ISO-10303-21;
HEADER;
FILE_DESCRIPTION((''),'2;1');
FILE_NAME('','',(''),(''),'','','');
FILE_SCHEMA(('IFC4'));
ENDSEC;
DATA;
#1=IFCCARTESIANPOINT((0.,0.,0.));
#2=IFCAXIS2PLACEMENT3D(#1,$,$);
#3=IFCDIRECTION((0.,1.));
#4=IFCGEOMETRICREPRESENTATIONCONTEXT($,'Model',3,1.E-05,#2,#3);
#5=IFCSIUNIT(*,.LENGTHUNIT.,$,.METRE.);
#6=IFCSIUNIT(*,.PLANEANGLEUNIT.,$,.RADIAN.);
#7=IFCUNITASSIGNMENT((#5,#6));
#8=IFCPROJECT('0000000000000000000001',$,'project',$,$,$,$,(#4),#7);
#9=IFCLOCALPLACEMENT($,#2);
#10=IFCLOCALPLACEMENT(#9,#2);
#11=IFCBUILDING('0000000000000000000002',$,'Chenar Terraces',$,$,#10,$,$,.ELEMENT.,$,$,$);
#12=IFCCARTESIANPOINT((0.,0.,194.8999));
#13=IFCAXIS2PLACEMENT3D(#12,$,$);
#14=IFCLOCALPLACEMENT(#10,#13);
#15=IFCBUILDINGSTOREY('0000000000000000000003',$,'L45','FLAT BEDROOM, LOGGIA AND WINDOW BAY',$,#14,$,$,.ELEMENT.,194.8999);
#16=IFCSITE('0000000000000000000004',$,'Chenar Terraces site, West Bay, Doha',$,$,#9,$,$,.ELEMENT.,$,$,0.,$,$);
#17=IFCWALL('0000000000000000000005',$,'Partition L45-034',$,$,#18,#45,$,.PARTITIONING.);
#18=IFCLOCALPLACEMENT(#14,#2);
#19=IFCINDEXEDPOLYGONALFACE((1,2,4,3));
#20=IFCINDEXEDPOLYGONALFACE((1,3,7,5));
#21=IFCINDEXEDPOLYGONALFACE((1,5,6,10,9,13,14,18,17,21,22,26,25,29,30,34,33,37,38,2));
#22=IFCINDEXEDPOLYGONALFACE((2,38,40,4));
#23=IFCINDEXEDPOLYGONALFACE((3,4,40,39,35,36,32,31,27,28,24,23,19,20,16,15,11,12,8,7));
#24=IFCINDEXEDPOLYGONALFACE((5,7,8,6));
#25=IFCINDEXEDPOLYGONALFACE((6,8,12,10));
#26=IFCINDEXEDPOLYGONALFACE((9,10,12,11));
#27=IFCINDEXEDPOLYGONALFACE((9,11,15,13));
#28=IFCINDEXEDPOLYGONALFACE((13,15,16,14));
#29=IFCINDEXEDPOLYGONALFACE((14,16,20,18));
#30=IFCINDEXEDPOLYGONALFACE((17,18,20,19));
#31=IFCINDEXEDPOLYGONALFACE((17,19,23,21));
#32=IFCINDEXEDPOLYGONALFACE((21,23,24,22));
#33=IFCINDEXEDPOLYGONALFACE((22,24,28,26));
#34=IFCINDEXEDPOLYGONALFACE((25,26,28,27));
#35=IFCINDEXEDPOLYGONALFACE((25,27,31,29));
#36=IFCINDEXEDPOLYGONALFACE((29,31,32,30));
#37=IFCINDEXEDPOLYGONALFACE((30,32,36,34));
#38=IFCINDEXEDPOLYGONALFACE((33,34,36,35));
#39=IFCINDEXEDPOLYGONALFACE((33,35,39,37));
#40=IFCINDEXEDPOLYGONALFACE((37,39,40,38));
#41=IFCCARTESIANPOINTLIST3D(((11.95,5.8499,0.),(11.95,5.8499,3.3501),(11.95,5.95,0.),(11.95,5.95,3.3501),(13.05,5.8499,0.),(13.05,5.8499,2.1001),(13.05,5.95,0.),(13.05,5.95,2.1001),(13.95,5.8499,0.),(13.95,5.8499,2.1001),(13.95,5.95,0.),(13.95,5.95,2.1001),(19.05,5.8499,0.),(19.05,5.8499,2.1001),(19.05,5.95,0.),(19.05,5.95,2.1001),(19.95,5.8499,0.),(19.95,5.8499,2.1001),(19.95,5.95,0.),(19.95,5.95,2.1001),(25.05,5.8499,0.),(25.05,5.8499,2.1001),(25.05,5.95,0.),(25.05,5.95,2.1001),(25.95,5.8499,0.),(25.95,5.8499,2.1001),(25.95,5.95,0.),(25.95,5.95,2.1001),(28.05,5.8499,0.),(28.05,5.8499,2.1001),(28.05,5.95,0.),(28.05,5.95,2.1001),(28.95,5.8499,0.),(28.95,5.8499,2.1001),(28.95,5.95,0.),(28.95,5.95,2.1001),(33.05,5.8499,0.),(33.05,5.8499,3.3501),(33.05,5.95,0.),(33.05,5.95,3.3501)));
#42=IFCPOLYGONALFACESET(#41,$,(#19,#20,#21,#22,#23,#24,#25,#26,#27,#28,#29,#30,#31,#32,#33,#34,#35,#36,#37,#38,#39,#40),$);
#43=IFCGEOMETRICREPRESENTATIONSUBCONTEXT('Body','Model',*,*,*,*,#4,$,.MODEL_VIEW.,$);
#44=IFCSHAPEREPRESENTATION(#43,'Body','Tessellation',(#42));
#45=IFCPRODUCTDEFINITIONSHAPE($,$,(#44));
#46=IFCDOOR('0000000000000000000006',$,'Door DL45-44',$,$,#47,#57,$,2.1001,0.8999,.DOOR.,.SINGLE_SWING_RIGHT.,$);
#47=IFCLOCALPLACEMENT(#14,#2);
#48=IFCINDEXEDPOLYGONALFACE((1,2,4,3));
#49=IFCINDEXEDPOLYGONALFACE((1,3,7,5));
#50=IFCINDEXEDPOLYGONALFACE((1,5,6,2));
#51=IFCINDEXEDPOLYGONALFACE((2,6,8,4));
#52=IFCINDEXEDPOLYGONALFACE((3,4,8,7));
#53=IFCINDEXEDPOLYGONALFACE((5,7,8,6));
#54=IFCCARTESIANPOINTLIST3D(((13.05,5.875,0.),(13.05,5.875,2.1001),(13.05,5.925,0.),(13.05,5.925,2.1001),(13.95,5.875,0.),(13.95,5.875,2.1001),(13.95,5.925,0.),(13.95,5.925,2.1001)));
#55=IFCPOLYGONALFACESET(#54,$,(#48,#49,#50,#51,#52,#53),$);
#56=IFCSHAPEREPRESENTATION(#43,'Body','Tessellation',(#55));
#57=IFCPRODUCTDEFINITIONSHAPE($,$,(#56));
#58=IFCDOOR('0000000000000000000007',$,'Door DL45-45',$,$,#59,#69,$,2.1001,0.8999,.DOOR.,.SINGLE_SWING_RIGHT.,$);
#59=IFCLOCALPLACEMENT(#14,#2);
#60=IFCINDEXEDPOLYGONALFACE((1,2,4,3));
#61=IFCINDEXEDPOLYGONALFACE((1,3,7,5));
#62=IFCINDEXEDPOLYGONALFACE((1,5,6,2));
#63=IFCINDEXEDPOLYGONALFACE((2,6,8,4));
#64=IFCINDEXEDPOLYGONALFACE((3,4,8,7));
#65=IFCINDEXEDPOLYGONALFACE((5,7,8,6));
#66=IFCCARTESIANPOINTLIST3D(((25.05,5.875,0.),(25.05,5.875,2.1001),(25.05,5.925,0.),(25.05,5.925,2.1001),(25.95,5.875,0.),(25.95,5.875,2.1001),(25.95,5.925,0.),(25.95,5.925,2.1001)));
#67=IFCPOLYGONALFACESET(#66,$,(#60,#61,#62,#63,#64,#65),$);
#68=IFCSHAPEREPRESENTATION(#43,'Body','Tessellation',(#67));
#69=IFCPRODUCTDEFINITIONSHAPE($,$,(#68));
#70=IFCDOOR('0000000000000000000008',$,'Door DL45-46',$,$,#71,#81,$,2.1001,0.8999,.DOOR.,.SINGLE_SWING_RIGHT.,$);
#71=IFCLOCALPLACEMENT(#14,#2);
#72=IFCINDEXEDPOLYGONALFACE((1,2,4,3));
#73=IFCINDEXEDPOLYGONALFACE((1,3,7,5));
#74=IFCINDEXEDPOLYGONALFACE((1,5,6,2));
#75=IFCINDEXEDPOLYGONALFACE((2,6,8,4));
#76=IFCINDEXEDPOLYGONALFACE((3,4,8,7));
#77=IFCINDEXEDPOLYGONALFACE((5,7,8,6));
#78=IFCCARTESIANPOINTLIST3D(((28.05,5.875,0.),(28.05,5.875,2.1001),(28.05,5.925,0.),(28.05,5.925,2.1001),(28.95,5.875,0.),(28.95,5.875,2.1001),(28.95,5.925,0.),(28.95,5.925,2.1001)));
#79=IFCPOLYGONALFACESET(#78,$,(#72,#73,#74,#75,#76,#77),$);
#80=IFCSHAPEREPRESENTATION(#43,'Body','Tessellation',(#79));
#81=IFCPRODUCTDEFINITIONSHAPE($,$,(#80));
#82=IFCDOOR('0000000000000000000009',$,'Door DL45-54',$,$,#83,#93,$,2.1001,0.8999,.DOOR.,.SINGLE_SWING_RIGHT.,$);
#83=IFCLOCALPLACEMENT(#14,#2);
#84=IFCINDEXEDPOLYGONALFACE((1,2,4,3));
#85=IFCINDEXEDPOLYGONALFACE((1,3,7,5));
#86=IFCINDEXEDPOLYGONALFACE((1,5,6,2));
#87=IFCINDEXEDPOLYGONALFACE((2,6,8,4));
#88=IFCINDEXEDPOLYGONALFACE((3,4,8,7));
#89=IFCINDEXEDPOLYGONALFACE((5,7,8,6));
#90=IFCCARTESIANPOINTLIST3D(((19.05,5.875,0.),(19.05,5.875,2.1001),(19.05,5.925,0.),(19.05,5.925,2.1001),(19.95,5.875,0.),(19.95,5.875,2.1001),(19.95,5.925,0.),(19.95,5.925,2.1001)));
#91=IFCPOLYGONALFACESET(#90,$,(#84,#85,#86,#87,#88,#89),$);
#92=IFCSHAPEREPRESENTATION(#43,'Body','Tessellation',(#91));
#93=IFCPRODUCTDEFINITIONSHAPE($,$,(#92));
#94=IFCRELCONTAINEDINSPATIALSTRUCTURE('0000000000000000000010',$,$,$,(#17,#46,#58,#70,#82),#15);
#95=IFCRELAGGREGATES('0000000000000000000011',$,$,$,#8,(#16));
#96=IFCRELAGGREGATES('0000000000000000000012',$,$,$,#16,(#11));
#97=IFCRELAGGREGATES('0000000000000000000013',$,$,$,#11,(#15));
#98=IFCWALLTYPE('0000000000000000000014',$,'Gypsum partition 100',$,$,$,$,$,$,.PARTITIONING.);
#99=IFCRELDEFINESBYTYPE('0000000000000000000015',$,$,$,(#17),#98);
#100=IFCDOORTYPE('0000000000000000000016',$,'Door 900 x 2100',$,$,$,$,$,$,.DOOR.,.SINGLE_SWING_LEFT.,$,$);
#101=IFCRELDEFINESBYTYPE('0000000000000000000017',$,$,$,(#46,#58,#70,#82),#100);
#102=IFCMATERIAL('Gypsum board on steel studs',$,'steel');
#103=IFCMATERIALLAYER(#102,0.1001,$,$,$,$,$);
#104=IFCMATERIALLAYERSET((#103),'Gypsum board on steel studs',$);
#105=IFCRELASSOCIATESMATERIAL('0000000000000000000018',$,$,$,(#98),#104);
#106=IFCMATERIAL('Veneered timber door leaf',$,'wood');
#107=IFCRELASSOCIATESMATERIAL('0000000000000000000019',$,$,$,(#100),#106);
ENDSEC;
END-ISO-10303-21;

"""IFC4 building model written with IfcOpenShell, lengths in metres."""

from ifc_helpers import new_model, si_unit, direction, frame, frame_2d, origin, place, context, subcontext, project, spatial, rectangle, extrude, material, layer, layer_set, type_object, element, fill, save


model = new_model("IFC4")

# Units and contexts
model_context = context("Model", 3, precision=1e-05, world=origin(), true_north=direction((0.0, 1.0)))
body_context = subcontext(model_context, "Body", "Model", "MODEL_VIEW")
ifc_project = project(units=[si_unit("LENGTHUNIT", "METRE"), si_unit("PLANEANGLEUNIT", "RADIAN")], contexts=[model_context])

# Site, building, storey
site_placement = place(None, origin())
site = spatial("IfcSite", under=ifc_project, at=site_placement, Name="Chenar Terraces site, West Bay, Doha", CompositionType="ELEMENT", RefElevation=0.0)
building_placement = place(site_placement, origin())
building = spatial("IfcBuilding", under=site, at=building_placement, Name="Chenar Terraces", CompositionType="ELEMENT")
storey_placement = place(building_placement, frame((0.0, 0.0, 194.8999)))
storey = spatial("IfcBuildingStorey", under=building, at=storey_placement, Name="L45", Description="FLAT BEDROOM, LOGGIA AND WINDOW BAY", CompositionType="ELEMENT", Elevation=194.8999)

# Shared definitions
ifc_material_1 = material(Name="Gypsum board on steel studs", Category="steel")
ifc_layer_1 = layer(ifc_material_1, 0.1001)
ifc_layer_set_1 = layer_set([ifc_layer_1], Name="Gypsum board on steel studs")
wall_type_1 = type_object("IfcWallType", Name="Gypsum partition 100", PredefinedType="PARTITIONING", material=ifc_layer_set_1)
ifc_material_2 = material(Name="Veneered timber door leaf", Category="wood")
door_type_1 = type_object("IfcDoorType", Name="Door 900 x 2100", OperationType="SINGLE_SWING_LEFT", PredefinedType="DOOR", material=ifc_material_2)

# Wall, openings, doors
wall_1_placement = place(storey_placement, frame((11.95, 5.8999, 0.0), z_axis=(0.0, 0.0, 1.0), x_axis=(1.0, 0.0, 0.0)))
wall_1 = element("IfcWall", 1, at=wall_1_placement, inside=storey, type_object=wall_type_1, Name="Partition L45-034", PredefinedType="PARTITIONING", context=body_context, shape_type="SweptSolid", body=[
    extrude(rectangle(XDim=21.1001, YDim=0.1001, at=frame_2d((10.55, 0.0))), origin(), (0.0, 0.0, 1.0), 3.3501),
])
opening_1_placement = place(wall_1_placement, frame((1.1001, 0.0, 0.0)))
opening_1 = element("IfcOpeningElement", 2, at=opening_1_placement, cuts=wall_1, PredefinedType="OPENING", context=body_context, shape_type="SweptSolid", body=[
    extrude(rectangle(XDim=0.8999, YDim=2.1001, at=frame_2d((0.45, 1.05))), frame((0.0, 0.0601, 0.0), z_axis=(0.0, -1.0, 0.0), x_axis=(1.0, 0.0, 0.0)), (0.0, 0.0, 1.0), 0.1201),
])
opening_2_placement = place(wall_1_placement, frame((13.1001, 0.0, 0.0)))
opening_2 = element("IfcOpeningElement", 3, at=opening_2_placement, cuts=wall_1, PredefinedType="OPENING", context=body_context, shape_type="SweptSolid", body=[
    extrude(rectangle(XDim=0.8999, YDim=2.1001, at=frame_2d((0.45, 1.05))), frame((0.0, 0.0601, 0.0), z_axis=(0.0, -1.0, 0.0), x_axis=(1.0, 0.0, 0.0)), (0.0, 0.0, 1.0), 0.1201),
])
opening_3_placement = place(wall_1_placement, frame((16.1001, 0.0, 0.0)))
opening_3 = element("IfcOpeningElement", 4, at=opening_3_placement, cuts=wall_1, PredefinedType="OPENING", context=body_context, shape_type="SweptSolid", body=[
    extrude(rectangle(XDim=0.8999, YDim=2.1001, at=frame_2d((0.45, 1.05))), frame((0.0, 0.0601, 0.0), z_axis=(0.0, -1.0, 0.0), x_axis=(1.0, 0.0, 0.0)), (0.0, 0.0, 1.0), 0.1201),
])
opening_4_placement = place(wall_1_placement, frame((7.1001, 0.0, 0.0)))
opening_4 = element("IfcOpeningElement", 5, at=opening_4_placement, cuts=wall_1, PredefinedType="OPENING", context=body_context, shape_type="SweptSolid", body=[
    extrude(rectangle(XDim=0.8999, YDim=2.1001, at=frame_2d((0.45, 1.05))), frame((0.0, 0.0601, 0.0), z_axis=(0.0, -1.0, 0.0), x_axis=(1.0, 0.0, 0.0)), (0.0, 0.0, 1.0), 0.1201),
])
door_1_placement = place(opening_1_placement, frame((0.8999, 0.0, 0.0), z_axis=(0.0, 0.0, 1.0), x_axis=(-1.0, 0.0, 0.0)))
door_1 = element("IfcDoor", 6, at=door_1_placement, inside=storey, type_object=door_type_1, Name="Door DL45-44", OperationType="SINGLE_SWING_RIGHT", OverallHeight=2.1001, OverallWidth=0.8999, PredefinedType="DOOR", context=body_context, shape_type="SweptSolid", body=[
    extrude(rectangle(XDim=0.8999, YDim=2.1001, at=frame_2d((0.45, 1.05))), frame((0.0, 0.0249, 0.0), z_axis=(0.0, -1.0, 0.0), x_axis=(1.0, 0.0, 0.0)), (0.0, 0.0, 1.0), 0.05),
])
fill(opening_1, door_1)
door_2_placement = place(opening_2_placement, frame((0.8999, 0.0, 0.0), z_axis=(0.0, 0.0, 1.0), x_axis=(-1.0, 0.0, 0.0)))
door_2 = element("IfcDoor", 7, at=door_2_placement, inside=storey, type_object=door_type_1, Name="Door DL45-45", OperationType="SINGLE_SWING_RIGHT", OverallHeight=2.1001, OverallWidth=0.8999, PredefinedType="DOOR", context=body_context, shape_type="SweptSolid", body=[
    extrude(rectangle(XDim=0.8999, YDim=2.1001, at=frame_2d((0.45, 1.05))), frame((0.0, 0.0249, 0.0), z_axis=(0.0, -1.0, 0.0), x_axis=(1.0, 0.0, 0.0)), (0.0, 0.0, 1.0), 0.05),
])
fill(opening_2, door_2)
door_3_placement = place(opening_3_placement, frame((0.8999, 0.0, 0.0), z_axis=(0.0, 0.0, 1.0), x_axis=(-1.0, 0.0, 0.0)))
door_3 = element("IfcDoor", 8, at=door_3_placement, inside=storey, type_object=door_type_1, Name="Door DL45-46", OperationType="SINGLE_SWING_RIGHT", OverallHeight=2.1001, OverallWidth=0.8999, PredefinedType="DOOR", context=body_context, shape_type="SweptSolid", body=[
    extrude(rectangle(XDim=0.8999, YDim=2.1001, at=frame_2d((0.45, 1.05))), frame((0.0, 0.0249, 0.0), z_axis=(0.0, -1.0, 0.0), x_axis=(1.0, 0.0, 0.0)), (0.0, 0.0, 1.0), 0.05),
])
fill(opening_3, door_3)
door_4_placement = place(opening_4_placement, frame((0.8999, 0.0, 0.0), z_axis=(0.0, 0.0, 1.0), x_axis=(-1.0, 0.0, 0.0)))
door_4 = element("IfcDoor", 9, at=door_4_placement, inside=storey, type_object=door_type_1, Name="Door DL45-54", OperationType="SINGLE_SWING_RIGHT", OverallHeight=2.1001, OverallWidth=0.8999, PredefinedType="DOOR", context=body_context, shape_type="SweptSolid", body=[
    extrude(rectangle(XDim=0.8999, YDim=2.1001, at=frame_2d((0.45, 1.05))), frame((0.0, 0.0249, 0.0), z_axis=(0.0, -1.0, 0.0), x_axis=(1.0, 0.0, 0.0)), (0.0, 0.0, 1.0), 0.05),
])
fill(opening_4, door_4)

save(model, "model.ifc")
